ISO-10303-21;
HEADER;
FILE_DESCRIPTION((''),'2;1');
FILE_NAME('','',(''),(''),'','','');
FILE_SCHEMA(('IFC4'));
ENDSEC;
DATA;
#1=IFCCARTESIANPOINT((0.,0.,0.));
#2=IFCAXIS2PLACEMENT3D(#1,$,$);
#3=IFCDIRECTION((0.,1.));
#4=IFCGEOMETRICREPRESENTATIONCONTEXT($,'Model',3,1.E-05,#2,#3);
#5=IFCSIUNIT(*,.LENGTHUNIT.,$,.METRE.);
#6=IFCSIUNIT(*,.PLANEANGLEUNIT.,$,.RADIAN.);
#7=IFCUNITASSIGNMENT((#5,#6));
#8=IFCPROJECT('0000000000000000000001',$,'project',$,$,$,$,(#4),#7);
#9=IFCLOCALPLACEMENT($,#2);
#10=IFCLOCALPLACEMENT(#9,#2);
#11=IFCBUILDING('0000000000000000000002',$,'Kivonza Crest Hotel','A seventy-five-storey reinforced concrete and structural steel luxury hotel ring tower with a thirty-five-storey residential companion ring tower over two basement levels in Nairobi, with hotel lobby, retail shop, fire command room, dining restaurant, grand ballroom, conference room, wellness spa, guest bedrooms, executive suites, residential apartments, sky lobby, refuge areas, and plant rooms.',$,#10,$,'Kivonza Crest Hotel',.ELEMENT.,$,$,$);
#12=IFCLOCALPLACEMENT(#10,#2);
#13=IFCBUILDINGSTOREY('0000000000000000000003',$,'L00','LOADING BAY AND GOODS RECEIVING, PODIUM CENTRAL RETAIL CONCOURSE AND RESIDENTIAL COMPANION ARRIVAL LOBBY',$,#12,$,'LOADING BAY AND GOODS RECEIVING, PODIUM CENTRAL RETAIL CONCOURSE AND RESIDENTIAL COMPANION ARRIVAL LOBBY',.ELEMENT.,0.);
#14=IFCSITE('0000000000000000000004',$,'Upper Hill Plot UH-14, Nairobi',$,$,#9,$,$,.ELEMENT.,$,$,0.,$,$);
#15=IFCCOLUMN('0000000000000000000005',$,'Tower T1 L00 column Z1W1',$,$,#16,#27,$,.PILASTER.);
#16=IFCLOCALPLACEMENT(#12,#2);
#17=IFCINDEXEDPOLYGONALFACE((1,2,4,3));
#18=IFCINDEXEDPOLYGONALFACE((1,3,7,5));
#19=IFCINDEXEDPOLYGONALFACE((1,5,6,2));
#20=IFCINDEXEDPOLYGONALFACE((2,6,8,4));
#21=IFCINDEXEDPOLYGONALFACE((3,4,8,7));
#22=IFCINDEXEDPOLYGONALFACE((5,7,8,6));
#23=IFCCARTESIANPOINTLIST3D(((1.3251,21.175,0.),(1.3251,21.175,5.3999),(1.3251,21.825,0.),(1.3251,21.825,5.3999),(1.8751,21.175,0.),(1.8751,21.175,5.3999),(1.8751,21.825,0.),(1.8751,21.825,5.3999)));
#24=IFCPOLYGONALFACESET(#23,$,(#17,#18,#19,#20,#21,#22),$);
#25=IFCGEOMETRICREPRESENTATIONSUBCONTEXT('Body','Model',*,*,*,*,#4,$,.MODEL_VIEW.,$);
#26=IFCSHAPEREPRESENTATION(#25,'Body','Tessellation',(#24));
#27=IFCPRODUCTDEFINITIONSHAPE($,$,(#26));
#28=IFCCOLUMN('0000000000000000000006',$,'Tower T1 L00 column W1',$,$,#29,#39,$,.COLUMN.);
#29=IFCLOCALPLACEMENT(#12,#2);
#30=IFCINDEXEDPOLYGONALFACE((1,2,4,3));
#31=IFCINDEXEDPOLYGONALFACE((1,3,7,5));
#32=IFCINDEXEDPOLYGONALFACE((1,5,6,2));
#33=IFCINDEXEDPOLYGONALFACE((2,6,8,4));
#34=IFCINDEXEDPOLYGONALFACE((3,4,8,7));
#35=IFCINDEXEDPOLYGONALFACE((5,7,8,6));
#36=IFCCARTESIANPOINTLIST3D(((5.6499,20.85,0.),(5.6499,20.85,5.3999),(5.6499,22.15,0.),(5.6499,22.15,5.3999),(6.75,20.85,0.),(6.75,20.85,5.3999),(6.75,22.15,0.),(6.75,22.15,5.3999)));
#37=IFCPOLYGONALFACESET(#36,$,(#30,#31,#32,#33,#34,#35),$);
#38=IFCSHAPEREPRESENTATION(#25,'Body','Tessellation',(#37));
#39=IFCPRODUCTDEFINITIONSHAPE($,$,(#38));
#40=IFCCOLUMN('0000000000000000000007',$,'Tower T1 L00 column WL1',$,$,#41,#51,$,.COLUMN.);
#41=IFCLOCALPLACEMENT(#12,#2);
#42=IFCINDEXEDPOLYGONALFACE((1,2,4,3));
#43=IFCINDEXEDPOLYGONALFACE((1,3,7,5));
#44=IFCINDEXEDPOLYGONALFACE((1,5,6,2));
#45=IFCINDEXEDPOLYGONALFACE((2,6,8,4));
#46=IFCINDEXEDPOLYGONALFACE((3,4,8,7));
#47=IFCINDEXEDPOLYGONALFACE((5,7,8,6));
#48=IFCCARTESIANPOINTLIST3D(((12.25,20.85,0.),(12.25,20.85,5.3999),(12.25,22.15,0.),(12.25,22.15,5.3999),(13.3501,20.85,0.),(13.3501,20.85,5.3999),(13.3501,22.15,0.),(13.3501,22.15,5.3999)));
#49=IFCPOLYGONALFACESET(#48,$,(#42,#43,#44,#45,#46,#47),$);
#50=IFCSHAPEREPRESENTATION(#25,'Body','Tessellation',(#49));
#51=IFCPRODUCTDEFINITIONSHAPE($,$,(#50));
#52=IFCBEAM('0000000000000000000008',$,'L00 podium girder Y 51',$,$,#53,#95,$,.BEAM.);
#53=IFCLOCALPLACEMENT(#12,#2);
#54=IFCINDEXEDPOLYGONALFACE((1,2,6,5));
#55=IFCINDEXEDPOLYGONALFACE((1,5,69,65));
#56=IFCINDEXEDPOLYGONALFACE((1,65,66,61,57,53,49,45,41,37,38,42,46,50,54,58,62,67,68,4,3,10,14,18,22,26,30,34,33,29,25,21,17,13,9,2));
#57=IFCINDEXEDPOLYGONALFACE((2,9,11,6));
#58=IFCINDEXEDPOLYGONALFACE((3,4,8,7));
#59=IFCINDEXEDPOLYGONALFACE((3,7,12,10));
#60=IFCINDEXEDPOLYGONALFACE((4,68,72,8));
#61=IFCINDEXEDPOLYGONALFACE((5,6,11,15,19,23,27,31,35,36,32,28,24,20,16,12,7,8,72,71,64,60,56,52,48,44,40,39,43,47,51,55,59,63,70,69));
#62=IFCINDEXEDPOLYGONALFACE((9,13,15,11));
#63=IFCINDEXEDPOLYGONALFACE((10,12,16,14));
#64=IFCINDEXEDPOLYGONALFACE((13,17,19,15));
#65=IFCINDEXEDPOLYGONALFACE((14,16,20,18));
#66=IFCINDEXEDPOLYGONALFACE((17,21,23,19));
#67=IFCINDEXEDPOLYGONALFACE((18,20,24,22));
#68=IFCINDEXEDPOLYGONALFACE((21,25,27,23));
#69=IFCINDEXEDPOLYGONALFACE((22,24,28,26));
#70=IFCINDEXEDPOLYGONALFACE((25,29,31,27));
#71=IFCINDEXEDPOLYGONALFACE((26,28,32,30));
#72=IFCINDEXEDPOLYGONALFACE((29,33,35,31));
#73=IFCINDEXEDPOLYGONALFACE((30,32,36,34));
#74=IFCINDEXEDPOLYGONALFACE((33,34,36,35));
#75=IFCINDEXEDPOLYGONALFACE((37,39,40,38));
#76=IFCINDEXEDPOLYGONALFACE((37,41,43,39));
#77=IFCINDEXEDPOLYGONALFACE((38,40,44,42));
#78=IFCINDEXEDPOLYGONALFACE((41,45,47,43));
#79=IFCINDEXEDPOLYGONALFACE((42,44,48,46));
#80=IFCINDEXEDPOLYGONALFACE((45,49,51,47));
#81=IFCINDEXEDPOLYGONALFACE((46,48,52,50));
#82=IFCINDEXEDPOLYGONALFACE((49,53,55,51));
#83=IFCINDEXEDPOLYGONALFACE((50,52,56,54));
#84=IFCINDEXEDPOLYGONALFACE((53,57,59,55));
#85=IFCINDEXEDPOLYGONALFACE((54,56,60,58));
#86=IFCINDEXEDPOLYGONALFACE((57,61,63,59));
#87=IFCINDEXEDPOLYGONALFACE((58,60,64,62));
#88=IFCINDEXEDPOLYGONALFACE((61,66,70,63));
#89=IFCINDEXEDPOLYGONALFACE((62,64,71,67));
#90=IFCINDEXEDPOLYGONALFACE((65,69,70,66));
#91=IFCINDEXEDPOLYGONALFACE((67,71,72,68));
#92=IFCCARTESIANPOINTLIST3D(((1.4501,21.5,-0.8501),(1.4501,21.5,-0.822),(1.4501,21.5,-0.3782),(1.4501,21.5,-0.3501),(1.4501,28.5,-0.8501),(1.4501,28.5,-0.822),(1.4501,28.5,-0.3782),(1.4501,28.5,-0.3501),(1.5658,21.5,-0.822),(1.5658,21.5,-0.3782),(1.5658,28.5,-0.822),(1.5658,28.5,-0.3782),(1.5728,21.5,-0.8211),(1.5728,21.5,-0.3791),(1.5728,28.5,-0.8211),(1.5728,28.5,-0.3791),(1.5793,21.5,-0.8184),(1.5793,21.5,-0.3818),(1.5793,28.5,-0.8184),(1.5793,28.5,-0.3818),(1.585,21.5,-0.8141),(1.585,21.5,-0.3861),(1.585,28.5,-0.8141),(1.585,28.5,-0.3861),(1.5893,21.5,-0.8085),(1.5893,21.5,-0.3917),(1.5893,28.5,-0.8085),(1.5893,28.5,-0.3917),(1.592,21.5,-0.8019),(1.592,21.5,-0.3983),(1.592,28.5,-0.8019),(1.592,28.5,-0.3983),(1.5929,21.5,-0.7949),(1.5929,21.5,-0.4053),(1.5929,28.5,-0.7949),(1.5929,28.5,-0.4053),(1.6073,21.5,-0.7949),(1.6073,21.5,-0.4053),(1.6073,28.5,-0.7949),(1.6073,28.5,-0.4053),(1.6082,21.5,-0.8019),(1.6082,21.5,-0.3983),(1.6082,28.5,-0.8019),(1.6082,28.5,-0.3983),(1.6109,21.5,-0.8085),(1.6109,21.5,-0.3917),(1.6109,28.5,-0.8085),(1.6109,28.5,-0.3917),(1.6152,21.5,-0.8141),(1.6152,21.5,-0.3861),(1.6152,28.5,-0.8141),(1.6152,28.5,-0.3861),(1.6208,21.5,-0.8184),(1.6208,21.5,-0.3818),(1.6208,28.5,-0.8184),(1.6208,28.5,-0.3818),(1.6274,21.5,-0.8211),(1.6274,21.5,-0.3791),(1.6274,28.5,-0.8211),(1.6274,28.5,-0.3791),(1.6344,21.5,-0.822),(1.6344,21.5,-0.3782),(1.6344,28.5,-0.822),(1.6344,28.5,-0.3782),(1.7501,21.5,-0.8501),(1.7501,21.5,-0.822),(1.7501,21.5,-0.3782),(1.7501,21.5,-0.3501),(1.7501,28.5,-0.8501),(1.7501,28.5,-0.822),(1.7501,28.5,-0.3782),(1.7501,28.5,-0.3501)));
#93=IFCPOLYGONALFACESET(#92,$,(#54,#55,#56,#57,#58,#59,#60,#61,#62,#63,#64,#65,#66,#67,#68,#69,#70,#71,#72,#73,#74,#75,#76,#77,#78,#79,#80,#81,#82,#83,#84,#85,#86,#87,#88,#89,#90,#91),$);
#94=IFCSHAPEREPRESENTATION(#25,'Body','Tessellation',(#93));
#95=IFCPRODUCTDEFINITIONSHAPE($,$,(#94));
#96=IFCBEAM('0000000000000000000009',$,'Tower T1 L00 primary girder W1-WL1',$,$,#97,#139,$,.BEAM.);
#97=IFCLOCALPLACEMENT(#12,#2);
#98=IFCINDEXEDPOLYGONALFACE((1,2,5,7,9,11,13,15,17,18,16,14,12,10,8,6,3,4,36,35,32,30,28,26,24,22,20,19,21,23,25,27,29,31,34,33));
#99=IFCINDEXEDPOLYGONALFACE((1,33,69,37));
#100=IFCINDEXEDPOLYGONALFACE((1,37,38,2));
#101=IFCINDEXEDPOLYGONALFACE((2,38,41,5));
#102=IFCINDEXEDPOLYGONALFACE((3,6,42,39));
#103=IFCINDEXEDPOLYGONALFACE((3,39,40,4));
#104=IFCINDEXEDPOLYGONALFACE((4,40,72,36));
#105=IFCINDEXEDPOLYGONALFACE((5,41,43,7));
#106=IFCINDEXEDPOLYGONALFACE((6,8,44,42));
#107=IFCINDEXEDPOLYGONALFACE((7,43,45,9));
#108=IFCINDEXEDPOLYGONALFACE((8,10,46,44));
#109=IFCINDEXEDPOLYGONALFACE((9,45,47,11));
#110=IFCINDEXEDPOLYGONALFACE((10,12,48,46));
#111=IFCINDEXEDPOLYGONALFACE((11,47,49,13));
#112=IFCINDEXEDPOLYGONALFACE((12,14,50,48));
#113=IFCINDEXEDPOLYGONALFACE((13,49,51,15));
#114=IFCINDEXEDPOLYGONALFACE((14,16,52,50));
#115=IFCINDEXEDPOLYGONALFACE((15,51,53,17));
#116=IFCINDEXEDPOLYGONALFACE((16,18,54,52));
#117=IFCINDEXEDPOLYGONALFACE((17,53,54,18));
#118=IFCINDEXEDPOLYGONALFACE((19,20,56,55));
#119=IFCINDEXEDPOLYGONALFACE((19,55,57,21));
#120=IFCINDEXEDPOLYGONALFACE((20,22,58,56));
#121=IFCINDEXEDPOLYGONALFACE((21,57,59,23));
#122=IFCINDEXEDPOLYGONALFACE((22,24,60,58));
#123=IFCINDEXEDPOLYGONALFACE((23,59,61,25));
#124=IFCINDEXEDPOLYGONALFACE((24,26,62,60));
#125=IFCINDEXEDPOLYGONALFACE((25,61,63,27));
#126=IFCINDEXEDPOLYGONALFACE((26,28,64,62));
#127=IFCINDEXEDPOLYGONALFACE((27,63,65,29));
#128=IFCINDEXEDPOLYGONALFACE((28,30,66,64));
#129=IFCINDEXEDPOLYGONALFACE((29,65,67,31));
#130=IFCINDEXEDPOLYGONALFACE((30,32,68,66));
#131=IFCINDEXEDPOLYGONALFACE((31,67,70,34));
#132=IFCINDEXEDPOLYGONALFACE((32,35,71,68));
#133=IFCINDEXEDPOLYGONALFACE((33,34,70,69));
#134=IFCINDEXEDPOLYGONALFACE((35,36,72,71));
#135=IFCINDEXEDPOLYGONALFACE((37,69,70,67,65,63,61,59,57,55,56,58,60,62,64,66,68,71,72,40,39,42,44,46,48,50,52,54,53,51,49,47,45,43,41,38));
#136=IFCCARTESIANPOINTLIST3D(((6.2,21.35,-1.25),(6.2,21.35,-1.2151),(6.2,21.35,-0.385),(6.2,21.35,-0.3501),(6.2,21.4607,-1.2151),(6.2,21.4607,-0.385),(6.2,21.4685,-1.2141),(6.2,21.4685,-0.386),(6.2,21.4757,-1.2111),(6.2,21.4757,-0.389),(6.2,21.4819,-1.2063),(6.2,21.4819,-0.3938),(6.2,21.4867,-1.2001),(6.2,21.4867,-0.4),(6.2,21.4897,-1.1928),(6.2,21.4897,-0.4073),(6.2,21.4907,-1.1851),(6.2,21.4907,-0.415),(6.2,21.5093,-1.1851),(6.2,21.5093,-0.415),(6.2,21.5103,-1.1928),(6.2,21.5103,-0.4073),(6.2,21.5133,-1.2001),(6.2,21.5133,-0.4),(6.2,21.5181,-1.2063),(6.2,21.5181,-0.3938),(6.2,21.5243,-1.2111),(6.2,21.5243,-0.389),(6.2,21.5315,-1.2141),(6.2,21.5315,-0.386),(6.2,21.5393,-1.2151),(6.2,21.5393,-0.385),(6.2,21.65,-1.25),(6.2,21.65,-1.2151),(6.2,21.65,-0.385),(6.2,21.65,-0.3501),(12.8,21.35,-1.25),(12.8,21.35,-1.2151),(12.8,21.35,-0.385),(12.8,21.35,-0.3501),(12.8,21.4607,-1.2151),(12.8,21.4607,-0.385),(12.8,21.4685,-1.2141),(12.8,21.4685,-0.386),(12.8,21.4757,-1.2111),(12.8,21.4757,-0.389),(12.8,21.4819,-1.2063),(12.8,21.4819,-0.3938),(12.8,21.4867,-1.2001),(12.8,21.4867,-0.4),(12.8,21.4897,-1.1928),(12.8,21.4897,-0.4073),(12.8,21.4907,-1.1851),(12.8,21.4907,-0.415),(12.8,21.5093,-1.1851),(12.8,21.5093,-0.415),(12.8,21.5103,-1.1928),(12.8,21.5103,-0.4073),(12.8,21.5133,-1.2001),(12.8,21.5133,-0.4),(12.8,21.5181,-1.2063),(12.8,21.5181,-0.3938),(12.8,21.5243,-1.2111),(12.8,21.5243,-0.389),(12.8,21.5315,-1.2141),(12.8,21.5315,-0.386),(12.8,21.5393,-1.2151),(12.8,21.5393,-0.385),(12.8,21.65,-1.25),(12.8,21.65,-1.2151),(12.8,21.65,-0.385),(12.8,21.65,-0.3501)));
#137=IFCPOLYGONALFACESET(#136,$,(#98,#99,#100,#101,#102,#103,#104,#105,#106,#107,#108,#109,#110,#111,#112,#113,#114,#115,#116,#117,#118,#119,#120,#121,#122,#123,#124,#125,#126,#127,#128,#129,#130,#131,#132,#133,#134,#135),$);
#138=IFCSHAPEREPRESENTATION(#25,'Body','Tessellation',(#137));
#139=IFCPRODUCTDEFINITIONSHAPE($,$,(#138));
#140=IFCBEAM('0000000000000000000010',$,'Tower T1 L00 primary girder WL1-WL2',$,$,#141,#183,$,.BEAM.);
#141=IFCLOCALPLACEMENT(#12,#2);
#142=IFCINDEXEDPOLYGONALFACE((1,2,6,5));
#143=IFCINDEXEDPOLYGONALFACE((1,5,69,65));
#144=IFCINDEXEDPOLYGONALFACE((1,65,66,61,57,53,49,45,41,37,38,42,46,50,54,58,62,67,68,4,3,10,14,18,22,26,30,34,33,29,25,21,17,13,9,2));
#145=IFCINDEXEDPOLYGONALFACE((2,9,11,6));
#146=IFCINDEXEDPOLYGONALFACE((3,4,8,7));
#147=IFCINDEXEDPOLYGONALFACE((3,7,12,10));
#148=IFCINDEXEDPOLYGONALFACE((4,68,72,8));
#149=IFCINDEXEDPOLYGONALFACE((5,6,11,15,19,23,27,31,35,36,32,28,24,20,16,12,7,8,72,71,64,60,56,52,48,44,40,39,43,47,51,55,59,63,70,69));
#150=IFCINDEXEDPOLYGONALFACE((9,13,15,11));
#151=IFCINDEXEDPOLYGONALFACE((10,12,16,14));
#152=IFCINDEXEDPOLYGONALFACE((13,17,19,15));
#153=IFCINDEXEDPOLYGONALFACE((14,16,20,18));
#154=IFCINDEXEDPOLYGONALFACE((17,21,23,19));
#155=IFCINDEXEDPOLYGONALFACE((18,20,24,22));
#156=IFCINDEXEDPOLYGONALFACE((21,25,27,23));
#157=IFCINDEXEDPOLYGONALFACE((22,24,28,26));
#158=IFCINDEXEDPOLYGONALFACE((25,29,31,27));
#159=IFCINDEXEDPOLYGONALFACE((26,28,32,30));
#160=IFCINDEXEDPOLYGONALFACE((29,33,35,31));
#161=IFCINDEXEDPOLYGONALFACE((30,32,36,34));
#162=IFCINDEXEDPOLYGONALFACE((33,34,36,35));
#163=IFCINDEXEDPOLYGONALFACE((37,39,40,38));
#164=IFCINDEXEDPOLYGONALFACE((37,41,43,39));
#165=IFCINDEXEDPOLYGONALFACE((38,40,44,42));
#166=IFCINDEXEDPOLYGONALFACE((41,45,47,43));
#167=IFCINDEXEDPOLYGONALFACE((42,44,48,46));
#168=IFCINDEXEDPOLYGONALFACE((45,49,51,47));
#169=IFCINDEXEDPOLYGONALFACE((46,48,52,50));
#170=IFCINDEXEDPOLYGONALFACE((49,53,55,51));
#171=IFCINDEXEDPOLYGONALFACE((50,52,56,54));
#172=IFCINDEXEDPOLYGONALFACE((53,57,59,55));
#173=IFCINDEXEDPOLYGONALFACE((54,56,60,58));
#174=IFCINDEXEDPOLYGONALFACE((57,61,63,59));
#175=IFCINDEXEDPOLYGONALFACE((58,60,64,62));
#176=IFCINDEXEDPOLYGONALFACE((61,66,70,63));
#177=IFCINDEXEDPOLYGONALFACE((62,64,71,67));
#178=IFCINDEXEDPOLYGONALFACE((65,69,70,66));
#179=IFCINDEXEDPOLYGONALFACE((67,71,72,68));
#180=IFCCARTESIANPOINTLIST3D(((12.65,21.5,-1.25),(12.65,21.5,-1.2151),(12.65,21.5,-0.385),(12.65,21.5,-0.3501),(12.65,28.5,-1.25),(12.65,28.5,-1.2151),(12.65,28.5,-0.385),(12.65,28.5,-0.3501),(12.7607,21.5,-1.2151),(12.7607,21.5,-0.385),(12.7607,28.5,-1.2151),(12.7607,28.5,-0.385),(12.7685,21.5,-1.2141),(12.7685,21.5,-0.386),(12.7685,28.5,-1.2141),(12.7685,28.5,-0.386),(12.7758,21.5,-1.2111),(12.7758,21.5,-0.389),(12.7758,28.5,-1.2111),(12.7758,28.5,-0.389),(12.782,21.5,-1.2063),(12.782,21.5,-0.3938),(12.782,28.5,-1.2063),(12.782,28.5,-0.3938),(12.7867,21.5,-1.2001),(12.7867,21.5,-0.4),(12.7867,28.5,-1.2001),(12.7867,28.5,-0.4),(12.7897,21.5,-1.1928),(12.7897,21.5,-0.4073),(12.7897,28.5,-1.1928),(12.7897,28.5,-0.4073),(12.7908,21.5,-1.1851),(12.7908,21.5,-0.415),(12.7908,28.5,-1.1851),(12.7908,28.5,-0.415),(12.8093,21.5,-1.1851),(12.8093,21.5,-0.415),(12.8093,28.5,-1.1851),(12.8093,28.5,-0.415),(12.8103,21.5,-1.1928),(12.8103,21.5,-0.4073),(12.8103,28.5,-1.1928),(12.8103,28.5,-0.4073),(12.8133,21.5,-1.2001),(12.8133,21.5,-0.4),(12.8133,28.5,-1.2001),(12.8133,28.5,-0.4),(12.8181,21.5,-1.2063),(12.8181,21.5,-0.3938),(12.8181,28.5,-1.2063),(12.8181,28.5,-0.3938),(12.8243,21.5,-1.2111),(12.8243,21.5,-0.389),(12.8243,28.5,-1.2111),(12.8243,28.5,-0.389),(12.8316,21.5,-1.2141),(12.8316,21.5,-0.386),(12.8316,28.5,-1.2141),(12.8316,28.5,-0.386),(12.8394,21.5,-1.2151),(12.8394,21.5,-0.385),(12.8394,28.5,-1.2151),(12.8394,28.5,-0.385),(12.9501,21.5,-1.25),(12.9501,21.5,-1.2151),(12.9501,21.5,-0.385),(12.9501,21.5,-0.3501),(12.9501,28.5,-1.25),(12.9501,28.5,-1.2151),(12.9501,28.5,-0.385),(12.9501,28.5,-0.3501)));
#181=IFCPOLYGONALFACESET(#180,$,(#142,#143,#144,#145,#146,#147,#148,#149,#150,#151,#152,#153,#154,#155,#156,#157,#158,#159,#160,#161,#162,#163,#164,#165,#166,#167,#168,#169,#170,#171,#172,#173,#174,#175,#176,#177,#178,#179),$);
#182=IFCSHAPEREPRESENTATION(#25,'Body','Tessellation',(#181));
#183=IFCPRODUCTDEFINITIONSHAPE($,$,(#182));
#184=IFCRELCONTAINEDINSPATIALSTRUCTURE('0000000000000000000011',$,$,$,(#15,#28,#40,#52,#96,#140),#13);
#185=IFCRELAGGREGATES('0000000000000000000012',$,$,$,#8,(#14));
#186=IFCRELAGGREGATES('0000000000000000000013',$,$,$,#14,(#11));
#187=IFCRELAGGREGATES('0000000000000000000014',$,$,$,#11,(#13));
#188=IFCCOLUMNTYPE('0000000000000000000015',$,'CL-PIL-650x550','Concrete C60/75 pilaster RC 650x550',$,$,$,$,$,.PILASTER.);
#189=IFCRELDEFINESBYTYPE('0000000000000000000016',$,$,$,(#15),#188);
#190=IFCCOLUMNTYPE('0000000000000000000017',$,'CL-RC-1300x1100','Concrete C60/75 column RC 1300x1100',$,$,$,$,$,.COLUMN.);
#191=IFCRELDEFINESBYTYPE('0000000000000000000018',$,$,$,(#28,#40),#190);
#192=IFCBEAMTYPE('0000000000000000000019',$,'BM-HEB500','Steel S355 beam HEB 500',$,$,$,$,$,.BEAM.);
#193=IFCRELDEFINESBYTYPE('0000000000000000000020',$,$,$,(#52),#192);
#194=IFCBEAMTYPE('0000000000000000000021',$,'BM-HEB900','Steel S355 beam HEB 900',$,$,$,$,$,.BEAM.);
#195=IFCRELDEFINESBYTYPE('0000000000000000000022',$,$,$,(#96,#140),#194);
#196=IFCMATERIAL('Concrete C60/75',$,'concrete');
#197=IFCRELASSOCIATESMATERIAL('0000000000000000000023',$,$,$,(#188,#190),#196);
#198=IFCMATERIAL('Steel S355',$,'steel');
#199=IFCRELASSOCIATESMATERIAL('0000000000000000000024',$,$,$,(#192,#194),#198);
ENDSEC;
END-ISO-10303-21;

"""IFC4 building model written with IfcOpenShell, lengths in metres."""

from ifc_helpers import new_model, si_unit, direction, frame, origin, origin_2d, place, context, subcontext, project, spatial, rectangle, i_section, extrude, material, material_profile, profile_set, type_object, element, save


model = new_model("IFC4")

# Units and contexts
model_context = context("Model", 3, precision=1e-05, world=origin(), true_north=direction((0.0, 1.0)))
body_context = subcontext(model_context, "Body", "Model", "MODEL_VIEW")
ifc_project = project(units=[si_unit("LENGTHUNIT", "METRE"), si_unit("PLANEANGLEUNIT", "RADIAN")], contexts=[model_context])

# Site, building, storey
site_placement = place(None, origin())
site = spatial("IfcSite", under=ifc_project, at=site_placement, Name="Upper Hill Plot UH-14, Nairobi", CompositionType="ELEMENT", RefElevation=0.0)
building_placement = place(site_placement, origin())
building = spatial("IfcBuilding", under=site, at=building_placement, Name="Kivonza Crest Hotel", Description="A seventy-five-storey reinforced concrete and structural steel luxury hotel ring tower with a thirty-five-storey residential companion ring tower over two basement levels in Nairobi, with hotel lobby, retail shop, fire command room, dining restaurant, grand ballroom, conference room, wellness spa, guest bedrooms, executive suites, residential apartments, sky lobby, refuge areas, and plant rooms.", LongName="Kivonza Crest Hotel", CompositionType="ELEMENT")
storey_placement = place(building_placement, origin())
storey = spatial("IfcBuildingStorey", under=building, at=storey_placement, Name="L00", Description="LOADING BAY AND GOODS RECEIVING, PODIUM CENTRAL RETAIL CONCOURSE AND RESIDENTIAL COMPANION ARRIVAL LOBBY", LongName="LOADING BAY AND GOODS RECEIVING, PODIUM CENTRAL RETAIL CONCOURSE AND RESIDENTIAL COMPANION ARRIVAL LOBBY", CompositionType="ELEMENT", Elevation=0.0)

# Columns
ifc_material_1 = material(Name="Concrete C60/75", Category="concrete")
ifc_material_profile_1 = material_profile(ifc_material_1, rectangle(XDim=0.55, YDim=0.6499, at=origin_2d()), Name="RC 650x550")
ifc_profile_set_1 = profile_set([ifc_material_profile_1], Name="Concrete C60/75")
column_type_1 = type_object("IfcColumnType", Name="CL-PIL-650x550", Description="Concrete C60/75 pilaster RC 650x550", PredefinedType="PILASTER", material=ifc_profile_set_1)
column_placement = place(storey_placement, frame((1.6001, 21.5, 0.0), z_axis=(0.0, 0.0, 1.0), x_axis=(1.0, 0.0, 0.0)))
element("IfcColumn", 1, at=column_placement, inside=storey, type_object=column_type_1, Name="Tower T1 L00 column Z1W1", PredefinedType="PILASTER", context=body_context, shape_type="SweptSolid", body=[
    extrude(rectangle(XDim=0.55, YDim=0.6499, at=origin_2d()), origin(), (0.0, 0.0, 1.0), 5.3999),
])
ifc_material_profile_2 = material_profile(ifc_material_1, rectangle(XDim=1.1001, YDim=1.3, at=origin_2d()), Name="RC 1300x1100")
ifc_profile_set_2 = profile_set([ifc_material_profile_2], Name="Concrete C60/75")
column_type_2 = type_object("IfcColumnType", Name="CL-RC-1300x1100", Description="Concrete C60/75 column RC 1300x1100", PredefinedType="COLUMN", material=ifc_profile_set_2)
for number, where, z_axis, x_axis, name in (
    (2, (6.2, 21.5, 0.0), (0.0, 0.0, 1.0), (1.0, 0.0, 0.0), "Tower T1 L00 column W1"),
    (3, (12.8, 21.5, 0.0), (0.0, 0.0, 1.0), (1.0, 0.0, 0.0), "Tower T1 L00 column WL1"),
):
    element("IfcColumn", number, at=place(storey_placement, frame(where, z_axis=z_axis, x_axis=x_axis)), inside=storey, type_object=column_type_2, Name=name, PredefinedType="COLUMN", context=body_context, shape_type="SweptSolid", body=[
        extrude(rectangle(XDim=1.1001, YDim=1.3, at=origin_2d()), origin(), (0.0, 0.0, 1.0), 5.3999),
    ])

# Beams
ifc_material_2 = material(Name="Steel S355", Category="steel")
ifc_material_profile_3 = material_profile(ifc_material_2, i_section(OverallWidth=0.3, OverallDepth=0.5, WebThickness=0.0144, FlangeThickness=0.0281, FilletRadius=0.0271, at=origin_2d()), Name="HEB 500")
ifc_profile_set_3 = profile_set([ifc_material_profile_3], Name="Steel S355")
beam_type_1 = type_object("IfcBeamType", Name="BM-HEB500", Description="Steel S355 beam HEB 500", PredefinedType="BEAM", material=ifc_profile_set_3)
beam_1_placement = place(storey_placement, frame((1.6001, 21.5, -0.6001), z_axis=(0.0, 1.0, 0.0), x_axis=(-1.0, 0.0, 0.0)))
element("IfcBeam", 4, at=beam_1_placement, inside=storey, type_object=beam_type_1, Name="L00 podium girder Y 51", PredefinedType="BEAM", context=body_context, shape_type="SweptSolid", body=[
    extrude(i_section(OverallWidth=0.3, OverallDepth=0.5, WebThickness=0.0144, FlangeThickness=0.0281, FilletRadius=0.0271, at=origin_2d()), origin(), (0.0, 0.0, 1.0), 7.0),
])
ifc_material_profile_4 = material_profile(ifc_material_2, i_section(OverallWidth=0.3, OverallDepth=0.8999, WebThickness=0.0186, FlangeThickness=0.0349, FilletRadius=0.03, at=origin_2d()), Name="HEB 900")
ifc_profile_set_4 = profile_set([ifc_material_profile_4], Name="Steel S355")
beam_type_2 = type_object("IfcBeamType", Name="BM-HEB900", Description="Steel S355 beam HEB 900", PredefinedType="BEAM", material=ifc_profile_set_4)
beam_2_placement = place(storey_placement, frame((6.2, 21.5, -0.8), z_axis=(1.0, 0.0, 0.0), x_axis=(0.0, 1.0, 0.0)))
element("IfcBeam", 5, at=beam_2_placement, inside=storey, type_object=beam_type_2, Name="Tower T1 L00 primary girder W1-WL1", PredefinedType="BEAM", context=body_context, shape_type="SweptSolid", body=[
    extrude(i_section(OverallWidth=0.3, OverallDepth=0.8999, WebThickness=0.0186, FlangeThickness=0.0349, FilletRadius=0.03, at=origin_2d()), origin(), (0.0, 0.0, 1.0), 6.6001),
])
beam_3_placement = place(storey_placement, frame((12.8, 21.5, -0.8), z_axis=(0.0, 1.0, 0.0), x_axis=(-1.0, 0.0, 0.0)))
element("IfcBeam", 6, at=beam_3_placement, inside=storey, type_object=beam_type_2, Name="Tower T1 L00 primary girder WL1-WL2", PredefinedType="BEAM", context=body_context, shape_type="SweptSolid", body=[
    extrude(i_section(OverallWidth=0.3, OverallDepth=0.8999, WebThickness=0.0186, FlangeThickness=0.0349, FilletRadius=0.03, at=origin_2d()), origin(), (0.0, 0.0, 1.0), 7.0),
])

save(model, "model.ifc")
